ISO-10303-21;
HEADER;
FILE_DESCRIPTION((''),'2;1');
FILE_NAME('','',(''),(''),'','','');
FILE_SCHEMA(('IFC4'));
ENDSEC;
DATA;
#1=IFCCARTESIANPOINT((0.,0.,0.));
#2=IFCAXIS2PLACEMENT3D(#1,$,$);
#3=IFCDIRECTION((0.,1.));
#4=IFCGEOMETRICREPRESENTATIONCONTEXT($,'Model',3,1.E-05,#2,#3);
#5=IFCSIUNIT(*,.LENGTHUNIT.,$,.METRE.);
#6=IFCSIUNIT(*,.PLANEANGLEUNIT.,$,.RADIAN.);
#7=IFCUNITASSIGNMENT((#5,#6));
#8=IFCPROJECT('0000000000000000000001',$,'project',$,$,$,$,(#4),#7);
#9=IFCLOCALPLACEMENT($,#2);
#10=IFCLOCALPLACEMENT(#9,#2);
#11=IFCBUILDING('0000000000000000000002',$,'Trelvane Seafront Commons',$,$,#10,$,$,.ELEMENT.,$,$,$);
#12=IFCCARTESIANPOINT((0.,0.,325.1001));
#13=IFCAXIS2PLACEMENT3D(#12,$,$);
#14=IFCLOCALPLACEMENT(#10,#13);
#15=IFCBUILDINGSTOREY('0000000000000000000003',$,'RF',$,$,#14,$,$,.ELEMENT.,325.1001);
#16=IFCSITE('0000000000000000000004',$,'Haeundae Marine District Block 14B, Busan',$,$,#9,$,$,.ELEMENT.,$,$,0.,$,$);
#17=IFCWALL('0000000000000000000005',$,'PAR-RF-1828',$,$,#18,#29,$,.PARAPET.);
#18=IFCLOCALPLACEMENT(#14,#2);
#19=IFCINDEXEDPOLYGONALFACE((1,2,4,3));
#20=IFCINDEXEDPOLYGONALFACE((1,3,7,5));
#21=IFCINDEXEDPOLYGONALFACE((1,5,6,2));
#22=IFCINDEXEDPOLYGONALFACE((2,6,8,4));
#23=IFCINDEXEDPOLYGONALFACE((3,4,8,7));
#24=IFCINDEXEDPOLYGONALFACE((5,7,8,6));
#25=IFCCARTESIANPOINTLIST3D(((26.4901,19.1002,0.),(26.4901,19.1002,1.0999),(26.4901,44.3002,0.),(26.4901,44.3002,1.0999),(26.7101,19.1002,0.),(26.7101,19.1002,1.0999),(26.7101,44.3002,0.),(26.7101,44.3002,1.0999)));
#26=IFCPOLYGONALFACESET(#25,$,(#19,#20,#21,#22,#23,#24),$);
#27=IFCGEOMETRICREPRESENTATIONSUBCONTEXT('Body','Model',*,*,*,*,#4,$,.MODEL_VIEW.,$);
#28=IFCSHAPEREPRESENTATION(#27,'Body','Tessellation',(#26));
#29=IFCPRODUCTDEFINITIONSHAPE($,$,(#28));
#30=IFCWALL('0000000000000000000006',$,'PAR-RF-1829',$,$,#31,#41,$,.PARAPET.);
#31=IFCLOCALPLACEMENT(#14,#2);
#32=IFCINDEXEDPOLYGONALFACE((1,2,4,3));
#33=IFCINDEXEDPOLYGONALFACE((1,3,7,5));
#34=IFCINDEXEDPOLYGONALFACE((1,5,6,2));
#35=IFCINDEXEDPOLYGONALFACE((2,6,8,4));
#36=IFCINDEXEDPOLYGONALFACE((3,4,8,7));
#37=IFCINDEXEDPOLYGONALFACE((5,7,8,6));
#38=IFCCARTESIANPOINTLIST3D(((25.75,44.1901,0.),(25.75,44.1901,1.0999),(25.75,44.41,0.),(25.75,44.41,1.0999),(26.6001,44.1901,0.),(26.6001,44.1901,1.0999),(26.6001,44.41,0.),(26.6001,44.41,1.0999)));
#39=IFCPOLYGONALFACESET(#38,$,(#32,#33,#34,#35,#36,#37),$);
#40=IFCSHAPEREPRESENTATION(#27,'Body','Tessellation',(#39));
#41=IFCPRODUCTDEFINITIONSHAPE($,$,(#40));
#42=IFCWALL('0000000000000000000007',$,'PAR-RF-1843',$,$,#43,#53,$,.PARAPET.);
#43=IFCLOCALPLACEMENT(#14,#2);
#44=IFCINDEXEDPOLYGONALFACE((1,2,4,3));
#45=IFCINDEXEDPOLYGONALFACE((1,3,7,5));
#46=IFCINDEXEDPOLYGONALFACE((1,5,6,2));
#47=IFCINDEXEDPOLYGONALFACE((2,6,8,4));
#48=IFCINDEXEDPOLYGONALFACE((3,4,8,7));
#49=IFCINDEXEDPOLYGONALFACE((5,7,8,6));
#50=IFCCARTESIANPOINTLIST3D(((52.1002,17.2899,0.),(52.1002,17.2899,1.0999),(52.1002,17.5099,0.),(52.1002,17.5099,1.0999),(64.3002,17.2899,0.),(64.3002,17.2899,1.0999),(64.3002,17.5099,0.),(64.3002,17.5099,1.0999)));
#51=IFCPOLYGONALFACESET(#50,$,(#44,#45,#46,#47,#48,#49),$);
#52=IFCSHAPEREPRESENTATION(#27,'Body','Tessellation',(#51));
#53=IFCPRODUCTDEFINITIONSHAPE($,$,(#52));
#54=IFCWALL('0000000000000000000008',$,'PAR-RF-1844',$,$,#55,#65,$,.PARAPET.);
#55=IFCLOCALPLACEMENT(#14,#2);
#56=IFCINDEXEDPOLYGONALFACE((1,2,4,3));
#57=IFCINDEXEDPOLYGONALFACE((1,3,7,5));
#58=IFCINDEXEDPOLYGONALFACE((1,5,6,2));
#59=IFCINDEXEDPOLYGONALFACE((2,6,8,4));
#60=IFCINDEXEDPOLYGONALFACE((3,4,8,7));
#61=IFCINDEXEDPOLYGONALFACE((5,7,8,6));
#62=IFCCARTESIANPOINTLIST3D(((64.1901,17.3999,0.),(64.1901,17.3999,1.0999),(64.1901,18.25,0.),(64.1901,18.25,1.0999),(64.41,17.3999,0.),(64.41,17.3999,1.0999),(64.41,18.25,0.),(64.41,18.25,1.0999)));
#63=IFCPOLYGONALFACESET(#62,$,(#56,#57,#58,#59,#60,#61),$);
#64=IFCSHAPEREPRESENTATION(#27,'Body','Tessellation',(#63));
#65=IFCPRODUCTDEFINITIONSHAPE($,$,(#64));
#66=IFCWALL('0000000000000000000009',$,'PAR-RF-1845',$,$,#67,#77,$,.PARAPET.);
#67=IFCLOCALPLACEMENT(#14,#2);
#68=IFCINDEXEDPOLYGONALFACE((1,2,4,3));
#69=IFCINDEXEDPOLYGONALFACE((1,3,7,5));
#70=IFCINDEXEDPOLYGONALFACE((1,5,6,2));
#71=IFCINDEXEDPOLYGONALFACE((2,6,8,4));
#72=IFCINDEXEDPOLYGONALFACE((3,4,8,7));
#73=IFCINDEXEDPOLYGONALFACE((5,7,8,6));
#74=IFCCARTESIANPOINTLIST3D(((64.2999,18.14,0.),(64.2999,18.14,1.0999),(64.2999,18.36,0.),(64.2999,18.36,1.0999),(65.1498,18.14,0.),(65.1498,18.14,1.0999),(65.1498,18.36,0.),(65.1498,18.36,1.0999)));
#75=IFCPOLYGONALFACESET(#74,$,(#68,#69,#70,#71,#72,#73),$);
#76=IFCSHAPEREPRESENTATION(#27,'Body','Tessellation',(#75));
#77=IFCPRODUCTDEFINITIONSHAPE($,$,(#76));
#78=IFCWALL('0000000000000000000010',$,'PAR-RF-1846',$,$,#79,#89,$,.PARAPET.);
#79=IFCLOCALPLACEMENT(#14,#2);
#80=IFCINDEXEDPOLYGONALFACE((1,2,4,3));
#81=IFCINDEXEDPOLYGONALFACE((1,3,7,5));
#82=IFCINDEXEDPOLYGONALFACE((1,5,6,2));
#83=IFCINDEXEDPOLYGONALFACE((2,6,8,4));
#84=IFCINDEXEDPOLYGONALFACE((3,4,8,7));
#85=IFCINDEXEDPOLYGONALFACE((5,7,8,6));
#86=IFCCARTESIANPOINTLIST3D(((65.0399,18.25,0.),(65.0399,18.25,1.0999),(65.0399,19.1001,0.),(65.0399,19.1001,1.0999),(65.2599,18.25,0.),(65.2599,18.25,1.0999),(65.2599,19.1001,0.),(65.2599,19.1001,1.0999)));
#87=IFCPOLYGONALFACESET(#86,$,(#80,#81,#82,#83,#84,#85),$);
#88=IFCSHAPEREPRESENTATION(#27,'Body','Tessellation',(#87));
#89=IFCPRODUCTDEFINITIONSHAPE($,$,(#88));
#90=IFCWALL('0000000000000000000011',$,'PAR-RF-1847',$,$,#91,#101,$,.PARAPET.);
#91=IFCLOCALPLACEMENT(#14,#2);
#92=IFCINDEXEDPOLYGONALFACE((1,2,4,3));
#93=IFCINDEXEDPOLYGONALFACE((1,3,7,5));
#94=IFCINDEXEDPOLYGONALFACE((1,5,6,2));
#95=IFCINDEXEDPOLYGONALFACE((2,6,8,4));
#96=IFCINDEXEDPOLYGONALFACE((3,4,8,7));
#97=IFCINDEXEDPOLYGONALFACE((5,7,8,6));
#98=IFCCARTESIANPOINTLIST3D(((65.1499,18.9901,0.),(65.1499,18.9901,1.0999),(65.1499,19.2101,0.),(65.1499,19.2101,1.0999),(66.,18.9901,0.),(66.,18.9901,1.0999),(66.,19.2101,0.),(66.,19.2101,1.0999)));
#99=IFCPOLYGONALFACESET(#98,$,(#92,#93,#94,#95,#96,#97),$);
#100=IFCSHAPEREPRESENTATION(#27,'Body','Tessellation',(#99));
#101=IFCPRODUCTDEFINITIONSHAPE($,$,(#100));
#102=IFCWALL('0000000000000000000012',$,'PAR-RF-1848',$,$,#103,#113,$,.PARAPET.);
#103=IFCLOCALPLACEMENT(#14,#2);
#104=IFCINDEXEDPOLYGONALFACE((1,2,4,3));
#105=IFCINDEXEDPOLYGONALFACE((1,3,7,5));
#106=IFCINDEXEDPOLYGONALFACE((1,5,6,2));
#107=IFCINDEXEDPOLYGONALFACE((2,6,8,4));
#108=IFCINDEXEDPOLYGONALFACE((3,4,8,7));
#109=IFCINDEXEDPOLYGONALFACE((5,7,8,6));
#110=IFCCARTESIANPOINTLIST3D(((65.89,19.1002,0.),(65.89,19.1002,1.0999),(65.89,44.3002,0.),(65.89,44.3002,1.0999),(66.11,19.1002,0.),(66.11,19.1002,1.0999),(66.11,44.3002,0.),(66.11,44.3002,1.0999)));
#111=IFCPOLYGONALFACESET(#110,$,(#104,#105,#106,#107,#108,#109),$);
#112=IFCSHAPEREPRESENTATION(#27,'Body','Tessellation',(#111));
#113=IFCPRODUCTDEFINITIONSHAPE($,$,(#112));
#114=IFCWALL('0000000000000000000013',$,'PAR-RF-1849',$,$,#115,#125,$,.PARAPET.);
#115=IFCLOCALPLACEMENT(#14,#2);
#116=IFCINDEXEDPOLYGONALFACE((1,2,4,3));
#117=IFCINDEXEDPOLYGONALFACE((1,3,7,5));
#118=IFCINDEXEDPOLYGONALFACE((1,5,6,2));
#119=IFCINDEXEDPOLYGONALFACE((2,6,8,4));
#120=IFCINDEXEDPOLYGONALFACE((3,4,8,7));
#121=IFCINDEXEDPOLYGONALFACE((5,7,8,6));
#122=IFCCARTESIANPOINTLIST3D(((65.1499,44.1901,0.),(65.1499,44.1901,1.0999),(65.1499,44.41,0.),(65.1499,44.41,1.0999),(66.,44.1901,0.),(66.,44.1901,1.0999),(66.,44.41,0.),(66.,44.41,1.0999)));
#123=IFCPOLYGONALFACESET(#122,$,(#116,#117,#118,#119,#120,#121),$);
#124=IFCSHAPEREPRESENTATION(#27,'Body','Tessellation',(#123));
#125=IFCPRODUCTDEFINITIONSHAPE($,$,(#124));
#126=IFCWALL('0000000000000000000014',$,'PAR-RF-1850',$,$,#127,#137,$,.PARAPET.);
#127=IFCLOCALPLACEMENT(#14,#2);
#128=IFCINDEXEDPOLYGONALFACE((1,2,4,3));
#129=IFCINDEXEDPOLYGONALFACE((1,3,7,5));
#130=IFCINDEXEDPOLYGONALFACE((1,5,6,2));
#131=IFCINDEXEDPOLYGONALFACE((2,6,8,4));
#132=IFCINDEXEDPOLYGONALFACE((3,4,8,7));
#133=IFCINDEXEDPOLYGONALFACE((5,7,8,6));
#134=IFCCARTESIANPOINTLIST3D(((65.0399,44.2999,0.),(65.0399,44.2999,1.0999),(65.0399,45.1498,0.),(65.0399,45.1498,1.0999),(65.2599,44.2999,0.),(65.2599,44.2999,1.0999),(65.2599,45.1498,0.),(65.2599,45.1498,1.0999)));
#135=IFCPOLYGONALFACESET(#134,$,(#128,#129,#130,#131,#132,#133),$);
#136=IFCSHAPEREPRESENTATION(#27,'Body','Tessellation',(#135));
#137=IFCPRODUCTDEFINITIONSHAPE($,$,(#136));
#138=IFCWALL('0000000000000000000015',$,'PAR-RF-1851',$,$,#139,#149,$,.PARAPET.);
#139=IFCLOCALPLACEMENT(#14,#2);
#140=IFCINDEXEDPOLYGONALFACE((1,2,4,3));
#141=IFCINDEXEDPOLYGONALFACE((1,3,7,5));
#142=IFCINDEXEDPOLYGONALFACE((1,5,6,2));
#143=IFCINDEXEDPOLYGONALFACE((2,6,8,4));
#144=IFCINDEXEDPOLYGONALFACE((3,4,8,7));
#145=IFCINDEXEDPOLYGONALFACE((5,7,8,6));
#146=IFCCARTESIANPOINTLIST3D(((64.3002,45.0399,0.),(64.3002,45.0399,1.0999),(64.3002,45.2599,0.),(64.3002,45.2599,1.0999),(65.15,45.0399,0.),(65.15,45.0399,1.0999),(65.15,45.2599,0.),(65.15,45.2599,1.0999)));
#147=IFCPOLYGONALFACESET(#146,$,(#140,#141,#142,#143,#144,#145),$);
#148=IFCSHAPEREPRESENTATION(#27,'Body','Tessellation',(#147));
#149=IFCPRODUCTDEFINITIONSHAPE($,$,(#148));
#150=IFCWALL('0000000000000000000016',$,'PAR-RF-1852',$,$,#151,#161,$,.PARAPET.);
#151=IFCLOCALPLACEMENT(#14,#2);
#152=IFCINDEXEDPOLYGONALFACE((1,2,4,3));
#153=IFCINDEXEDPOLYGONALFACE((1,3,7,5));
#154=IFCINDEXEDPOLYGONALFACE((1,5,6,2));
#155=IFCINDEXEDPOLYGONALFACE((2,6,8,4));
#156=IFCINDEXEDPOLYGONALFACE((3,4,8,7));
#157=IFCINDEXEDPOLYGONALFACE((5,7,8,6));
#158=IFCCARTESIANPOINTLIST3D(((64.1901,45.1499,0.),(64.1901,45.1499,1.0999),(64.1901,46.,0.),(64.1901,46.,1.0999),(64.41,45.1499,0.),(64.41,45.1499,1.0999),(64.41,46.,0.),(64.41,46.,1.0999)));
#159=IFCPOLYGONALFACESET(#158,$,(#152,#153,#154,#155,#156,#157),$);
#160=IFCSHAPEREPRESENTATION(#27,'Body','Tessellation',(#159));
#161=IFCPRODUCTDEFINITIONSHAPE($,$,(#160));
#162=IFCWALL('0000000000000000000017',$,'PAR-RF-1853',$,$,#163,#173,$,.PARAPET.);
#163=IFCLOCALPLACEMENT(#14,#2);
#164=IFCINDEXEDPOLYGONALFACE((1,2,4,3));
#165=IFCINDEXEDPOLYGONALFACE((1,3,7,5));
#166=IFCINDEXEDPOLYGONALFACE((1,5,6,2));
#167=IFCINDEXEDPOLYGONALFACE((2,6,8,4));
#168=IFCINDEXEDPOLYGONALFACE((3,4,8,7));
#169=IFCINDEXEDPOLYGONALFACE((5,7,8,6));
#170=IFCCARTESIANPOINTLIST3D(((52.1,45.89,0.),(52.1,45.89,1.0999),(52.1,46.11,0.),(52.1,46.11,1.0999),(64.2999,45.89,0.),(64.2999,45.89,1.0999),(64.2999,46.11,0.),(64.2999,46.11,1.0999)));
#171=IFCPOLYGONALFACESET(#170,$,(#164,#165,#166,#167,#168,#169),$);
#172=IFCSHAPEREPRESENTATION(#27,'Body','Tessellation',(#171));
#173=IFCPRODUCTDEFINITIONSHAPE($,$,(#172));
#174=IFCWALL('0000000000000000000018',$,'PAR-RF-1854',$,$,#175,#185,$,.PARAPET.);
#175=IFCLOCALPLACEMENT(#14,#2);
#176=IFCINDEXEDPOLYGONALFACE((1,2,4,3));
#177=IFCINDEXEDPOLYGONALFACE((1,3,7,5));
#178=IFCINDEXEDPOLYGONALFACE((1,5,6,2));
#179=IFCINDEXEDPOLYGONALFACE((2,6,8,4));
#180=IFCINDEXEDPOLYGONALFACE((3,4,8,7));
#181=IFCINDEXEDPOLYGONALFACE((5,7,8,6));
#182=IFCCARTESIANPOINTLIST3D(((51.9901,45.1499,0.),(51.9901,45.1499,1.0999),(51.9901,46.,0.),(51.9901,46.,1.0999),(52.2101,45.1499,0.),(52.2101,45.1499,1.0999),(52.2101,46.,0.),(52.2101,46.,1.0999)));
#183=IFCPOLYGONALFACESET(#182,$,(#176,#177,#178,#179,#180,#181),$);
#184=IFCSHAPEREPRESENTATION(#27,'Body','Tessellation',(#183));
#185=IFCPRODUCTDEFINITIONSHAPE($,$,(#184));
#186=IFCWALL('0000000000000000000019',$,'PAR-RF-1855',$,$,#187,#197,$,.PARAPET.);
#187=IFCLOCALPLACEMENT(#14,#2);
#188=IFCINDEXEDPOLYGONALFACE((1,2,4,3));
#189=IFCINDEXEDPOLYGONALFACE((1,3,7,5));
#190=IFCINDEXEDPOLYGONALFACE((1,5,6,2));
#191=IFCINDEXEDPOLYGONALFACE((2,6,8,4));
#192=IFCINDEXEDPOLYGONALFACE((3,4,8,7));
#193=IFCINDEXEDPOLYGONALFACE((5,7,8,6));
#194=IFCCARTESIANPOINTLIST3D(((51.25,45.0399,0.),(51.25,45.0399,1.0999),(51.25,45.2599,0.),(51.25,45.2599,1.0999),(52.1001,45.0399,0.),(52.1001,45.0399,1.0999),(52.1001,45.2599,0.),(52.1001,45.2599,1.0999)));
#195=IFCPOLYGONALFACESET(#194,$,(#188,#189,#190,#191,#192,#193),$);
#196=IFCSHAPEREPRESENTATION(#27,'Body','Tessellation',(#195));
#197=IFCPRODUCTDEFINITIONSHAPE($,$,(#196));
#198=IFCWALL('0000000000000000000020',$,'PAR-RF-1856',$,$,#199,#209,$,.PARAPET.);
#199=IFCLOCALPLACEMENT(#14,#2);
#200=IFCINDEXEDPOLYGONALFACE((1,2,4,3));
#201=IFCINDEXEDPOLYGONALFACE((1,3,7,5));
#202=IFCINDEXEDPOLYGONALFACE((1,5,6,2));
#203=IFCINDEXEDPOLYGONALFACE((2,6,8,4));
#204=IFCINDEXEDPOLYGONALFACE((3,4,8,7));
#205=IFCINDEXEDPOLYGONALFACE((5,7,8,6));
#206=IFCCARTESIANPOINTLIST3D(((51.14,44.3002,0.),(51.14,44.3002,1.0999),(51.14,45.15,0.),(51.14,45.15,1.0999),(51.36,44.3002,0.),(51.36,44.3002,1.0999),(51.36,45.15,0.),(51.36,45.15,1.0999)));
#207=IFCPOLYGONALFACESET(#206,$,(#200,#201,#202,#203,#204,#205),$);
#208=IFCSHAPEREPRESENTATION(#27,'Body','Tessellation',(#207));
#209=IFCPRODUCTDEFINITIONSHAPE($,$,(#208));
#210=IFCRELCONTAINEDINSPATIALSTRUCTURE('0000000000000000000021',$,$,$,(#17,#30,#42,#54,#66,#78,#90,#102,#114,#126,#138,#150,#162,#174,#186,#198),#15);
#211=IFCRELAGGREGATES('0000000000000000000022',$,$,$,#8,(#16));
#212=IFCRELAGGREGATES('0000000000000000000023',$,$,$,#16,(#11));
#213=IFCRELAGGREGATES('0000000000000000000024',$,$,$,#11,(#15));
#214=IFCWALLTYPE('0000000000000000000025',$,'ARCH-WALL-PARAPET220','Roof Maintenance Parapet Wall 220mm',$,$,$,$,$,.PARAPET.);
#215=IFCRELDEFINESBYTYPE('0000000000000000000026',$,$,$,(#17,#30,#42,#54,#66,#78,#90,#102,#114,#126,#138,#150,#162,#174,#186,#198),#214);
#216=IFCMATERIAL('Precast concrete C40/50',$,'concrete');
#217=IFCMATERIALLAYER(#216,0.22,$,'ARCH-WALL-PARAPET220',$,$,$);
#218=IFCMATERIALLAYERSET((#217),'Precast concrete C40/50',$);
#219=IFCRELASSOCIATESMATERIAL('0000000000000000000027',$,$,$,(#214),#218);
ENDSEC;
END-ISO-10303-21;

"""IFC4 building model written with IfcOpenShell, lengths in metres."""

from ifc_helpers import new_model, si_unit, direction, frame, frame_2d, origin, place, context, subcontext, project, spatial, rectangle, extrude, material, layer, layer_set, type_object, element, save


model = new_model("IFC4")

# Units and contexts
model_context = context("Model", 3, precision=1e-05, world=origin(), true_north=direction((0.0, 1.0)))
body_context = subcontext(model_context, "Body", "Model", "MODEL_VIEW")
ifc_project = project(units=[si_unit("LENGTHUNIT", "METRE"), si_unit("PLANEANGLEUNIT", "RADIAN")], contexts=[model_context])

# Site, building, storey
site_placement = place(None, origin())
site = spatial("IfcSite", under=ifc_project, at=site_placement, Name="Haeundae Marine District Block 14B, Busan", CompositionType="ELEMENT", RefElevation=0.0)
building_placement = place(site_placement, origin())
building = spatial("IfcBuilding", under=site, at=building_placement, Name="Trelvane Seafront Commons", CompositionType="ELEMENT")
storey_placement = place(building_placement, frame((0.0, 0.0, 325.1001)))
storey = spatial("IfcBuildingStorey", under=building, at=storey_placement, Name="RF", CompositionType="ELEMENT", Elevation=325.1001)

# Walls
ifc_material = material(Name="Precast concrete C40/50", Category="concrete")
ifc_layer = layer(ifc_material, 0.22, Name="ARCH-WALL-PARAPET220")
ifc_layer_set = layer_set([ifc_layer], Name="Precast concrete C40/50")
wall_type = type_object("IfcWallType", Name="ARCH-WALL-PARAPET220", Description="Roof Maintenance Parapet Wall 220mm", PredefinedType="PARAPET", material=ifc_layer_set)
wall_1_placement = place(storey_placement, frame((26.6001, 19.1001, 0.0), z_axis=(0.0, 0.0, 1.0), x_axis=(0.0, 1.0, 0.0)))
element("IfcWall", 1, at=wall_1_placement, inside=storey, type_object=wall_type, Name="PAR-RF-1828", PredefinedType="PARAPET", context=body_context, shape_type="SweptSolid", body=[
    extrude(rectangle(XDim=25.2, YDim=0.22, at=frame_2d((12.6001, 0.0))), origin(), (0.0, 0.0, 1.0), 1.0999),
])
wall_2_placement = place(storey_placement, frame((26.6001, 44.3, 0.0), z_axis=(0.0, 0.0, 1.0), x_axis=(-1.0, 0.0, 0.0)))
element("IfcWall", 2, at=wall_2_placement, inside=storey, type_object=wall_type, Name="PAR-RF-1829", PredefinedType="PARAPET", context=body_context, shape_type="SweptSolid", body=[
    extrude(rectangle(XDim=0.8501, YDim=0.22, at=frame_2d((0.425, 0.0))), origin(), (0.0, 0.0, 1.0), 1.0999),
])
wall_3_placement = place(storey_placement, frame((52.1001, 17.3999, 0.0), z_axis=(0.0, 0.0, 1.0), x_axis=(1.0, 0.0, 0.0)))
element("IfcWall", 3, at=wall_3_placement, inside=storey, type_object=wall_type, Name="PAR-RF-1843", PredefinedType="PARAPET", context=body_context, shape_type="SweptSolid", body=[
    extrude(rectangle(XDim=12.2, YDim=0.22, at=frame_2d((6.1001, 0.0))), origin(), (0.0, 0.0, 1.0), 1.0999),
])
wall_4_placement = place(storey_placement, frame((64.3, 17.3999, 0.0), z_axis=(0.0, 0.0, 1.0), x_axis=(0.0, 1.0, 0.0)))
element("IfcWall", 4, at=wall_4_placement, inside=storey, type_object=wall_type, Name="PAR-RF-1844", PredefinedType="PARAPET", context=body_context, shape_type="SweptSolid", body=[
    extrude(rectangle(XDim=0.8501, YDim=0.22, at=frame_2d((0.425, 0.0))), origin(), (0.0, 0.0, 1.0), 1.0999),
])
wall_5_placement = place(storey_placement, frame((64.3, 18.25, 0.0), z_axis=(0.0, 0.0, 1.0), x_axis=(1.0, 0.0, 0.0)))
element("IfcWall", 5, at=wall_5_placement, inside=storey, type_object=wall_type, Name="PAR-RF-1845", PredefinedType="PARAPET", context=body_context, shape_type="SweptSolid", body=[
    extrude(rectangle(XDim=0.8499, YDim=0.22, at=frame_2d((0.4248, 0.0))), origin(), (0.0, 0.0, 1.0), 1.0999),
])
for number, where, z_axis, x_axis, name in (
    (6, (65.1499, 18.25, 0.0), (0.0, 0.0, 1.0), (0.0, 1.0, 0.0), "PAR-RF-1846"),
    (7, (65.1499, 19.1001, 0.0), (0.0, 0.0, 1.0), (1.0, 0.0, 0.0), "PAR-RF-1847"),
):
    element("IfcWall", number, at=place(storey_placement, frame(where, z_axis=z_axis, x_axis=x_axis)), inside=storey, type_object=wall_type, Name=name, PredefinedType="PARAPET", context=body_context, shape_type="SweptSolid", body=[
        extrude(rectangle(XDim=0.8501, YDim=0.22, at=frame_2d((0.425, 0.0))), origin(), (0.0, 0.0, 1.0), 1.0999),
    ])
wall_6_placement = place(storey_placement, frame((66.0, 19.1001, 0.0), z_axis=(0.0, 0.0, 1.0), x_axis=(0.0, 1.0, 0.0)))
element("IfcWall", 8, at=wall_6_placement, inside=storey, type_object=wall_type, Name="PAR-RF-1848", PredefinedType="PARAPET", context=body_context, shape_type="SweptSolid", body=[
    extrude(rectangle(XDim=25.2, YDim=0.22, at=frame_2d((12.6001, 0.0))), origin(), (0.0, 0.0, 1.0), 1.0999),
])
wall_7_placement = place(storey_placement, frame((66.0, 44.3, 0.0), z_axis=(0.0, 0.0, 1.0), x_axis=(-1.0, 0.0, 0.0)))
element("IfcWall", 9, at=wall_7_placement, inside=storey, type_object=wall_type, Name="PAR-RF-1849", PredefinedType="PARAPET", context=body_context, shape_type="SweptSolid", body=[
    extrude(rectangle(XDim=0.8501, YDim=0.22, at=frame_2d((0.425, 0.0))), origin(), (0.0, 0.0, 1.0), 1.0999),
])
for number, where, z_axis, x_axis, name in (
    (10, (65.1499, 44.3, 0.0), (0.0, 0.0, 1.0), (0.0, 1.0, 0.0), "PAR-RF-1850"),
    (11, (65.1499, 45.1499, 0.0), (0.0, 0.0, 1.0), (-1.0, 0.0, 0.0), "PAR-RF-1851"),
):
    element("IfcWall", number, at=place(storey_placement, frame(where, z_axis=z_axis, x_axis=x_axis)), inside=storey, type_object=wall_type, Name=name, PredefinedType="PARAPET", context=body_context, shape_type="SweptSolid", body=[
        extrude(rectangle(XDim=0.8499, YDim=0.22, at=frame_2d((0.4248, 0.0))), origin(), (0.0, 0.0, 1.0), 1.0999),
    ])
wall_8_placement = place(storey_placement, frame((64.3, 45.1499, 0.0), z_axis=(0.0, 0.0, 1.0), x_axis=(0.0, 1.0, 0.0)))
element("IfcWall", 12, at=wall_8_placement, inside=storey, type_object=wall_type, Name="PAR-RF-1852", PredefinedType="PARAPET", context=body_context, shape_type="SweptSolid", body=[
    extrude(rectangle(XDim=0.8501, YDim=0.22, at=frame_2d((0.425, 0.0))), origin(), (0.0, 0.0, 1.0), 1.0999),
])
wall_9_placement = place(storey_placement, frame((64.3, 46.0, 0.0), z_axis=(0.0, 0.0, 1.0), x_axis=(-1.0, 0.0, 0.0)))
element("IfcWall", 13, at=wall_9_placement, inside=storey, type_object=wall_type, Name="PAR-RF-1853", PredefinedType="PARAPET", context=body_context, shape_type="SweptSolid", body=[
    extrude(rectangle(XDim=12.2, YDim=0.22, at=frame_2d((6.1001, 0.0))), origin(), (0.0, 0.0, 1.0), 1.0999),
])
for number, where, z_axis, x_axis, name in (
    (14, (52.1001, 46.0, 0.0), (0.0, 0.0, 1.0), (0.0, -1.0, 0.0), "PAR-RF-1854"),
    (15, (52.1001, 45.1499, 0.0), (0.0, 0.0, 1.0), (-1.0, 0.0, 0.0), "PAR-RF-1855"),
):
    element("IfcWall", number, at=place(storey_placement, frame(where, z_axis=z_axis, x_axis=x_axis)), inside=storey, type_object=wall_type, Name=name, PredefinedType="PARAPET", context=body_context, shape_type="SweptSolid", body=[
        extrude(rectangle(XDim=0.8501, YDim=0.22, at=frame_2d((0.425, 0.0))), origin(), (0.0, 0.0, 1.0), 1.0999),
    ])
wall_10_placement = place(storey_placement, frame((51.25, 45.1499, 0.0), z_axis=(0.0, 0.0, 1.0), x_axis=(0.0, -1.0, 0.0)))
element("IfcWall", 16, at=wall_10_placement, inside=storey, type_object=wall_type, Name="PAR-RF-1856", PredefinedType="PARAPET", context=body_context, shape_type="SweptSolid", body=[
    extrude(rectangle(XDim=0.8499, YDim=0.22, at=frame_2d((0.4248, 0.0))), origin(), (0.0, 0.0, 1.0), 1.0999),
])

save(model, "model.ifc")
